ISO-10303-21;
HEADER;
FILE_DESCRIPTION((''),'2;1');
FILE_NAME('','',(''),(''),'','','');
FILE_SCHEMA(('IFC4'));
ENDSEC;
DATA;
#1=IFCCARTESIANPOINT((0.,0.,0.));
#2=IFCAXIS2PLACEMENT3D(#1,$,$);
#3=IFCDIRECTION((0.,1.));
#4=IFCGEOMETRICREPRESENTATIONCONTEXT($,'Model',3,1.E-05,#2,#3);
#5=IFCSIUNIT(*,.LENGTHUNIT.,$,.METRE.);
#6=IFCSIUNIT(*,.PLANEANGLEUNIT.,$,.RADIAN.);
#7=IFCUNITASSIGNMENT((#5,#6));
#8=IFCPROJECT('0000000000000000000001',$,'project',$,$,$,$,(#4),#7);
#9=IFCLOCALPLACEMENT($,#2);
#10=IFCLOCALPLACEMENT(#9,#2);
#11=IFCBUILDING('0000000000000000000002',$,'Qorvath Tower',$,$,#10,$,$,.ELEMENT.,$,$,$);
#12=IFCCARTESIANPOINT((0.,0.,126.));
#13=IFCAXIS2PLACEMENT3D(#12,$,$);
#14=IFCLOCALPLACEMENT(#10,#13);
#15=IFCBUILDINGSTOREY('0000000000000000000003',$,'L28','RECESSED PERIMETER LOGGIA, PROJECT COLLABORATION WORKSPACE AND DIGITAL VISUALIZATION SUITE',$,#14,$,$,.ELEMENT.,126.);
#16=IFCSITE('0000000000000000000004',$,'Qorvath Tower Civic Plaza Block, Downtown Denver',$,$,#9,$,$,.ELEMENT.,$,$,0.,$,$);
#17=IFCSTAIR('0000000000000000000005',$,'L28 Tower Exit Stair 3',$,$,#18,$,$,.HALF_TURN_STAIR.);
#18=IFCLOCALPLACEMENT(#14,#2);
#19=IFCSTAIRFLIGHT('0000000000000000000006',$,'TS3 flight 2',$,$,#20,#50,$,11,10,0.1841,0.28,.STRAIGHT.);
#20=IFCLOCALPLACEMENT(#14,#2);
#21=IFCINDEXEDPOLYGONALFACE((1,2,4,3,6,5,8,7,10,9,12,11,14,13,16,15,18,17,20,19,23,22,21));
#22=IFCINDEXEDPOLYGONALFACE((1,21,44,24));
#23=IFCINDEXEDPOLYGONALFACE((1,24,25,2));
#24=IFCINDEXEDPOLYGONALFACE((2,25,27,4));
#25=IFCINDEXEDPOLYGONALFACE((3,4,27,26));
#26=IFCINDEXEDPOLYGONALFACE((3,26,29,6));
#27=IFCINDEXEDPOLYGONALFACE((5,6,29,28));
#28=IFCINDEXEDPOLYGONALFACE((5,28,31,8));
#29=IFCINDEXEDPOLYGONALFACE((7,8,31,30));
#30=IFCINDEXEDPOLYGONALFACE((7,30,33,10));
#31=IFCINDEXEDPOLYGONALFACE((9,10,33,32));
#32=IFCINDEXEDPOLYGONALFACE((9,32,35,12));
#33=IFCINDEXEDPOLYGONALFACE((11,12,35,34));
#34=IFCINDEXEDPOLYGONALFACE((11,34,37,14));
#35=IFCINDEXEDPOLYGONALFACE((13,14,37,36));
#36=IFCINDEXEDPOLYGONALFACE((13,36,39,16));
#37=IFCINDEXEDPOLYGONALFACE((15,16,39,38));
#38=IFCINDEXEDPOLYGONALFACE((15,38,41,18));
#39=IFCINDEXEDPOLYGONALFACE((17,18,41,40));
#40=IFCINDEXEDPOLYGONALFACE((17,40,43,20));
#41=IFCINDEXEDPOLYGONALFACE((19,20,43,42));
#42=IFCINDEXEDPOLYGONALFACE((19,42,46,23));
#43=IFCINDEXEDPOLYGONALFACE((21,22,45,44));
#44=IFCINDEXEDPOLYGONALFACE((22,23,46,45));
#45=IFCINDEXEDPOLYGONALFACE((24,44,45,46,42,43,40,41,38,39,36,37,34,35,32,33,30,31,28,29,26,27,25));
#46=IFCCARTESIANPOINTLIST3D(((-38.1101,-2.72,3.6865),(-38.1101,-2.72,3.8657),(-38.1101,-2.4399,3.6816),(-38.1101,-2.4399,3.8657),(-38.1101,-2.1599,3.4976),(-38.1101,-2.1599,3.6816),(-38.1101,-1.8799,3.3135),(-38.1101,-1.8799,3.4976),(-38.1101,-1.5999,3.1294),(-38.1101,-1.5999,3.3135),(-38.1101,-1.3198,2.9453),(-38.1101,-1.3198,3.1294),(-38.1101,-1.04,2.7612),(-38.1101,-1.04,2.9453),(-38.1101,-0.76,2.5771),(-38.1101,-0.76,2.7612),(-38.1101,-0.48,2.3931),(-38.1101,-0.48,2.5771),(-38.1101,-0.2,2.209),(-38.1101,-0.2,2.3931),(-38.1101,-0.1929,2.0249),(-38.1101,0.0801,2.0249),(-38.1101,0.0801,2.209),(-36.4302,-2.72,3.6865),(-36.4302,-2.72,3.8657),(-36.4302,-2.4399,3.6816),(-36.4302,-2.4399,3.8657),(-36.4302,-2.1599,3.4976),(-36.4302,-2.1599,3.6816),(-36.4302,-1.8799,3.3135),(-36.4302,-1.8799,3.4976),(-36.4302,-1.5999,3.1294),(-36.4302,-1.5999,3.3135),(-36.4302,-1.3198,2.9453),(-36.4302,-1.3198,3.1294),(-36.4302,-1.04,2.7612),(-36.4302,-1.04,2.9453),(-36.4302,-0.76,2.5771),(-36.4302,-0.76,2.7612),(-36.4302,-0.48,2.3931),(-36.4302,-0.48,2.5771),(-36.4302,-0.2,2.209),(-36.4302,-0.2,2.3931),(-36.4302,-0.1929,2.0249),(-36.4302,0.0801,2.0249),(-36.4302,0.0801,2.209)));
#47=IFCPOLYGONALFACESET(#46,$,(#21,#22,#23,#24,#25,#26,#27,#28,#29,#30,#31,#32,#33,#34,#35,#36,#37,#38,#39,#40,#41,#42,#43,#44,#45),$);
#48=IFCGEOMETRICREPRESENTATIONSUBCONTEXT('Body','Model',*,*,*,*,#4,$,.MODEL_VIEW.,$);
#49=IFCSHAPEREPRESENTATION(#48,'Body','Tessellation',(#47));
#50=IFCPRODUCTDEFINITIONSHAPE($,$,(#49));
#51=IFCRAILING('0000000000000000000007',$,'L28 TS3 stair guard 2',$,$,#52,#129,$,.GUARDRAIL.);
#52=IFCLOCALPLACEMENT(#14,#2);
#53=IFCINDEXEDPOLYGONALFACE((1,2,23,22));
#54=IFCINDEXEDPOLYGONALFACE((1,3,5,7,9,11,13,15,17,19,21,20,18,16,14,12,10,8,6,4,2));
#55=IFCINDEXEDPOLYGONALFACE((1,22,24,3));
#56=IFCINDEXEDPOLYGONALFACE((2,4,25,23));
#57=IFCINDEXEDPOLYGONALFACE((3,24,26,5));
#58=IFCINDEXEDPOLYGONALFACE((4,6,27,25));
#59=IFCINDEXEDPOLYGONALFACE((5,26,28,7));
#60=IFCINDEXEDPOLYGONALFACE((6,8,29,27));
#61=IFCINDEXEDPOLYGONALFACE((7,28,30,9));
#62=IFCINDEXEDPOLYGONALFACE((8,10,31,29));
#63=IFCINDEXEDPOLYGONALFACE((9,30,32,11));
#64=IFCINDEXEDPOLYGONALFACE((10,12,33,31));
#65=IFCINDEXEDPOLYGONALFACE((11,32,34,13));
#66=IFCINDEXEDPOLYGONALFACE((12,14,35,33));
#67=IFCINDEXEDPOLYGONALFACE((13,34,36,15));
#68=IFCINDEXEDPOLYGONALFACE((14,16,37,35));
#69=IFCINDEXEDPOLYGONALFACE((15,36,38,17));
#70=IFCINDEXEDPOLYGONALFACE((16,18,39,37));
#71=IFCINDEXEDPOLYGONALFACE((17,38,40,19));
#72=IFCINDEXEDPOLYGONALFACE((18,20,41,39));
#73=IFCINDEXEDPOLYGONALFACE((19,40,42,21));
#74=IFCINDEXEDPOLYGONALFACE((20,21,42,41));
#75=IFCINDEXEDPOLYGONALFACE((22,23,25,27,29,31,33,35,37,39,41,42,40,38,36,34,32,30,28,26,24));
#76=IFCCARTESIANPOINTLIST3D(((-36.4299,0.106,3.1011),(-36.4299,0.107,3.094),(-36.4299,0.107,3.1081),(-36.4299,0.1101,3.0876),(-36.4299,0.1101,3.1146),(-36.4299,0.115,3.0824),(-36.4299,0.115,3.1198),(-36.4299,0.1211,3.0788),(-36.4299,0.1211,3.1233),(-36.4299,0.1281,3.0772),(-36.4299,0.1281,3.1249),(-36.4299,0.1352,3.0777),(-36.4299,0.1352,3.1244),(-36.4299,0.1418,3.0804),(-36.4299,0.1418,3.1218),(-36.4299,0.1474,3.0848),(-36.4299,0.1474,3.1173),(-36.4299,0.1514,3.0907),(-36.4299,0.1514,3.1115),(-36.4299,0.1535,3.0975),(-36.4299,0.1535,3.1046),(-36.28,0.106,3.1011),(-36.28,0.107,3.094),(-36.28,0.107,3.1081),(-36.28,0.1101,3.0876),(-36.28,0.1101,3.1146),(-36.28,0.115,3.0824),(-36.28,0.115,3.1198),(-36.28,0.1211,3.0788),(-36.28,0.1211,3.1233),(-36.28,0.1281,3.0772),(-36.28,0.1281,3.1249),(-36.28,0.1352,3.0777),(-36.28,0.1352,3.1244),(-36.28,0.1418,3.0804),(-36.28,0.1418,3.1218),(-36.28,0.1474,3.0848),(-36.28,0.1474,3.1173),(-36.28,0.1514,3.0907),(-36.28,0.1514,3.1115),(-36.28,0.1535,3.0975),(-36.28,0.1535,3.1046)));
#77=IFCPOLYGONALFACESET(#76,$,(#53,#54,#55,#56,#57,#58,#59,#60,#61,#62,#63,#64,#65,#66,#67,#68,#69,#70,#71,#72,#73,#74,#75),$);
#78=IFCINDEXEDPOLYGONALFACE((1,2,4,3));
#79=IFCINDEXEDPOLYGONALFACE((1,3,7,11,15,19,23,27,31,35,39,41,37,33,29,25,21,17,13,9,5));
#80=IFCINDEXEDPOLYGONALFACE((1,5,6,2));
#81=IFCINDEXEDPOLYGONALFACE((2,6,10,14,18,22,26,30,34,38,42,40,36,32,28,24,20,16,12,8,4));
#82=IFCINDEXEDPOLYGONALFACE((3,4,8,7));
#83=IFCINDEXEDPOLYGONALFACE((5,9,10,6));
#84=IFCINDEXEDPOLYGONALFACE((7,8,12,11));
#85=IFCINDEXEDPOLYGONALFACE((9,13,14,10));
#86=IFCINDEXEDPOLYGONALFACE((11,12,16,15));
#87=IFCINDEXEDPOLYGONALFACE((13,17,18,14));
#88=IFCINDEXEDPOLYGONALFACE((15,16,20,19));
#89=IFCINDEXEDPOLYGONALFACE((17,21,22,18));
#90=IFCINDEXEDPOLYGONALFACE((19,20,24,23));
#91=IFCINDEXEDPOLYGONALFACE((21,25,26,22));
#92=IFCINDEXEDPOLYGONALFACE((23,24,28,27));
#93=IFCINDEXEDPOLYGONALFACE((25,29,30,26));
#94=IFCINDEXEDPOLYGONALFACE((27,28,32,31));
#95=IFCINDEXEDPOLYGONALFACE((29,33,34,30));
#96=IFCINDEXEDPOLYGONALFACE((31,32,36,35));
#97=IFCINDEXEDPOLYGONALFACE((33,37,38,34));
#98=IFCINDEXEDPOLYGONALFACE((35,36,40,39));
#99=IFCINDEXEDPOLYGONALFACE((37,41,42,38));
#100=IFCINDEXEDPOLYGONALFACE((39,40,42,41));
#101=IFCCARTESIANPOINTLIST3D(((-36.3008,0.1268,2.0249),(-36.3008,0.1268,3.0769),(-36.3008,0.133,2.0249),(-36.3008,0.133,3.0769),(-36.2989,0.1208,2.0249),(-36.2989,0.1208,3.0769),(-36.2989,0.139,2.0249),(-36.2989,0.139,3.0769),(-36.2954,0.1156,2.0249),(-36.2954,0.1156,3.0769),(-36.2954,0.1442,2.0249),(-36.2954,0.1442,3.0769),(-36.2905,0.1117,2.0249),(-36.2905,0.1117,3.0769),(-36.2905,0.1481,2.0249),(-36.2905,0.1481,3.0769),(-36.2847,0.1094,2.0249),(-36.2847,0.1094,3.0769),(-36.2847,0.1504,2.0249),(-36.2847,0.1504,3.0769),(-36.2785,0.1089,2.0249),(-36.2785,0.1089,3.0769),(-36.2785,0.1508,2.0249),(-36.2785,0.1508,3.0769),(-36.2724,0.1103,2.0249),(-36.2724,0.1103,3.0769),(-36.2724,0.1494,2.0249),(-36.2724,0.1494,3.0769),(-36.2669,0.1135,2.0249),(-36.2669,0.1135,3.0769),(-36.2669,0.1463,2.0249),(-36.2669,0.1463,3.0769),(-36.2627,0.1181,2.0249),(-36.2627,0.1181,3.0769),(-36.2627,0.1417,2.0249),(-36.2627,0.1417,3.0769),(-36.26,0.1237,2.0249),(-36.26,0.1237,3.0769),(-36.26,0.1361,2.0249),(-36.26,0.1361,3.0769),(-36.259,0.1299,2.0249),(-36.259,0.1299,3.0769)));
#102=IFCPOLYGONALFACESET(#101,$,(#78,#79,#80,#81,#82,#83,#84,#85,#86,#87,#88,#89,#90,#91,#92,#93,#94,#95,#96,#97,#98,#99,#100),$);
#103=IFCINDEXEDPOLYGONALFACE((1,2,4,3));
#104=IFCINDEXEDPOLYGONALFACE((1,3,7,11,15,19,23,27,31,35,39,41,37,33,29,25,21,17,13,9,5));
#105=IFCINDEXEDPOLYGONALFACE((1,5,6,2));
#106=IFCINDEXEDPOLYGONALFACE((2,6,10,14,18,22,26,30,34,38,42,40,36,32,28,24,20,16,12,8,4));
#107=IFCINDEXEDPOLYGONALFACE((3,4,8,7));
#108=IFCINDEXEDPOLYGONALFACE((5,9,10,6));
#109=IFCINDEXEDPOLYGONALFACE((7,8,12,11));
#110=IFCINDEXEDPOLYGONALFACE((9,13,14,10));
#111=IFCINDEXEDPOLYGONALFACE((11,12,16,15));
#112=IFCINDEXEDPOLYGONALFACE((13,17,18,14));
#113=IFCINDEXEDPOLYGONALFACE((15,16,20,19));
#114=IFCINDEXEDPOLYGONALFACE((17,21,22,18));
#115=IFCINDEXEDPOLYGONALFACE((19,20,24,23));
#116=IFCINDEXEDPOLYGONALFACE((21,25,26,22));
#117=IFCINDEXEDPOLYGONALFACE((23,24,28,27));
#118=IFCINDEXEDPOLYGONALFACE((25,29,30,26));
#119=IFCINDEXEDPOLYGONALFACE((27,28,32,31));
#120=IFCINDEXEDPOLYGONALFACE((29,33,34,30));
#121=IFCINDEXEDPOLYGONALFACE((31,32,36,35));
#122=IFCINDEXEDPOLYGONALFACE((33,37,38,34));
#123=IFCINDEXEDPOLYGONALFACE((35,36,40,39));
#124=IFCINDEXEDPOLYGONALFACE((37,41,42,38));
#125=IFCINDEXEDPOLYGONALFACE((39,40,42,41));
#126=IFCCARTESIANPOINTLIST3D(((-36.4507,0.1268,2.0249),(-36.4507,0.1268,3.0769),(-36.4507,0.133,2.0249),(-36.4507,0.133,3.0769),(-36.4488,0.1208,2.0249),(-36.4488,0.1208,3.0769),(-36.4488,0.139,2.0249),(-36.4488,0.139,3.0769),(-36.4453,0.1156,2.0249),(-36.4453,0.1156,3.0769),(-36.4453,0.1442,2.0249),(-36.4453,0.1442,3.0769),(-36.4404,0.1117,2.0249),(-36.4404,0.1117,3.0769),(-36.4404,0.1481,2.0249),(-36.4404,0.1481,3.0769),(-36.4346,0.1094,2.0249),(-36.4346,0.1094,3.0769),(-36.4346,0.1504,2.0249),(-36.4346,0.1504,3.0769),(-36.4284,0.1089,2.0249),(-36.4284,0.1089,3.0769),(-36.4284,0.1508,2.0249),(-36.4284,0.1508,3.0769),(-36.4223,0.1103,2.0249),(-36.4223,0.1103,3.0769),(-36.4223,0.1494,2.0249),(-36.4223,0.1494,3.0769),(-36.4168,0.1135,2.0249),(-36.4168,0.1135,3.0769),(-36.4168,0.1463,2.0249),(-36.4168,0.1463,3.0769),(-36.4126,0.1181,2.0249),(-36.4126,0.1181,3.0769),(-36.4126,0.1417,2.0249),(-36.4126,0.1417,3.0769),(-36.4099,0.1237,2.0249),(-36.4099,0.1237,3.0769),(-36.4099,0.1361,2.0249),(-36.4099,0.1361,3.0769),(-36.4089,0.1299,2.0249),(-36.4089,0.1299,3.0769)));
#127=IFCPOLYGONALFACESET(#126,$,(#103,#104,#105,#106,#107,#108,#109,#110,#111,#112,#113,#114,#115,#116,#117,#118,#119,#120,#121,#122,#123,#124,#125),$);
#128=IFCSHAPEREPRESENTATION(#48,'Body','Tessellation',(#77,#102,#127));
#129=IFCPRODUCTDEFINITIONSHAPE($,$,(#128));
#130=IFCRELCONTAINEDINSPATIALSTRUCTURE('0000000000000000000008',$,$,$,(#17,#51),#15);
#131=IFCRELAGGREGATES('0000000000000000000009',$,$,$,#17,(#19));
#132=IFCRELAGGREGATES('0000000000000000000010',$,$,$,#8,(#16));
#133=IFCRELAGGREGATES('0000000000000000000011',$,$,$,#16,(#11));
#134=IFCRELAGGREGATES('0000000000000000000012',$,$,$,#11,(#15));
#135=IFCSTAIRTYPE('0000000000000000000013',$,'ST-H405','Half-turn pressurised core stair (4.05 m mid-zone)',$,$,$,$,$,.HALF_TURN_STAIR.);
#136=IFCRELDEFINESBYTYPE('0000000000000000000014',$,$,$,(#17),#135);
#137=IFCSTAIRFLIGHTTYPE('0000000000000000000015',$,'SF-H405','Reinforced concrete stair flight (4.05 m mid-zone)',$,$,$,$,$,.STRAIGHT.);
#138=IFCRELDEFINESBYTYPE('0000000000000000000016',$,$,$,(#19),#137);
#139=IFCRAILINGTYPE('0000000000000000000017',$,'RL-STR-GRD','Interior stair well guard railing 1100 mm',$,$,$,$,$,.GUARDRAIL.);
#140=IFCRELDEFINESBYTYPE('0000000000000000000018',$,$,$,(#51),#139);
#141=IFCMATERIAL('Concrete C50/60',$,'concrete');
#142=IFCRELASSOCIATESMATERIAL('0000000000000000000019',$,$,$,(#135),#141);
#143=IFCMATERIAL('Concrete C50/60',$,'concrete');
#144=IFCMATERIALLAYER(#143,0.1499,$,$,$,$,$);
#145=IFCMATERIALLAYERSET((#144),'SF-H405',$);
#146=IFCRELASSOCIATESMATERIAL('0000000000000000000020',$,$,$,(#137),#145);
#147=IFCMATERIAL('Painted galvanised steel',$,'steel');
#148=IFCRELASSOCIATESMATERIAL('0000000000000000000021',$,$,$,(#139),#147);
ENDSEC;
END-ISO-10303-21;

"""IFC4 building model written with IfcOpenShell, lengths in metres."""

from ifc_helpers import new_model, si_unit, direction, frame, origin, origin_2d, place, context, subcontext, project, spatial, polyline, circle, outline, extrude, material, layer, layer_set, type_object, element, aggregate, save


model = new_model("IFC4")

# Units and contexts
model_context = context("Model", 3, precision=1e-05, world=origin(), true_north=direction((0.0, 1.0)))
body_context = subcontext(model_context, "Body", "Model", "MODEL_VIEW")
ifc_project = project(units=[si_unit("LENGTHUNIT", "METRE"), si_unit("PLANEANGLEUNIT", "RADIAN")], contexts=[model_context])

# Site, building, storey
site_placement = place(None, origin())
site = spatial("IfcSite", under=ifc_project, at=site_placement, Name="Qorvath Tower Civic Plaza Block, Downtown Denver", CompositionType="ELEMENT", RefElevation=0.0)
building_placement = place(site_placement, origin())
building = spatial("IfcBuilding", under=site, at=building_placement, Name="Qorvath Tower", CompositionType="ELEMENT")
storey_placement = place(building_placement, frame((0.0, 0.0, 126.0)))
storey = spatial("IfcBuildingStorey", under=building, at=storey_placement, Name="L28", Description="RECESSED PERIMETER LOGGIA, PROJECT COLLABORATION WORKSPACE AND DIGITAL VISUALIZATION SUITE", CompositionType="ELEMENT", Elevation=126.0)

# Stair, stair flight
ifc_material_1 = material(Name="Concrete C50/60", Category="concrete")
stair_type = type_object("IfcStairType", Name="ST-H405", Description="Half-turn pressurised core stair (4.05 m mid-zone)", PredefinedType="HALF_TURN_STAIR", material=ifc_material_1)
stair_placement = place(storey_placement, origin())
stair = element("IfcStair", 1, at=stair_placement, inside=storey, type_object=stair_type, Name="L28 Tower Exit Stair 3", PredefinedType="HALF_TURN_STAIR")
ifc_material_2 = material(Name="Concrete C50/60", Category="concrete")
ifc_layer_1 = layer(ifc_material_2, 0.1499)
ifc_layer_set_1 = layer_set([ifc_layer_1], Name="SF-H405")
stair_flight_type = type_object("IfcStairFlightType", Name="SF-H405", Description="Reinforced concrete stair flight (4.05 m mid-zone)", PredefinedType="STRAIGHT", material=ifc_layer_set_1)
stair_flight_placement = place(storey_placement, frame((-37.27, 0.0801, 2.0249), z_axis=(0.0, 0.0, 1.0), x_axis=(0.0, -1.0, 0.0)))
stair_flight = element("IfcStairFlight", 2, at=stair_flight_placement, type_object=stair_flight_type, Name="TS3 flight 2", NumberOfRisers=11, NumberOfTreads=10, PredefinedType="STRAIGHT", RiserHeight=0.1841, TreadLength=0.28, context=body_context, shape_type="SweptSolid", body=[
    extrude(outline(polyline([(0.0, 0.0), (0.0, 0.1841), (0.28, 0.1841), (0.28, 0.3682), (0.5601, 0.3682), (0.5601, 0.5522), (0.8401, 0.5522), (0.8401, 0.7363), (1.1201, 0.7363), (1.1201, 0.9204), (1.3999, 0.9204), (1.3999, 1.1045), (1.6799, 1.1045), (1.6799, 1.2886), (1.96, 1.2886), (1.96, 1.4727), (2.24, 1.4727), (2.24, 1.6567), (2.52, 1.6567), (2.52, 1.8408), (2.8, 1.8408), (2.8, 2.0249), (2.8, 1.6616), (0.2729, 0.0), (0.0, 0.0)])), frame((0.0, 0.8398, 0.0), z_axis=(0.0, -1.0, 0.0), x_axis=(1.0, 0.0, 0.0)), (0.0, 0.0, 1.0), 1.6799),
])
aggregate(stair, [stair_flight])

# Railing
ifc_material_3 = material(Name="Painted galvanised steel", Category="steel")
railing_type_1 = type_object("IfcRailingType", Name="RL-STR-GRD", Description="Interior stair well guard railing 1100 mm", PredefinedType="GUARDRAIL", material=ifc_material_3)
railing_1_placement = place(storey_placement, frame((-36.28, 0.1299, 2.0249)))
element("IfcRailing", 3, at=railing_1_placement, inside=storey, type_object=railing_type_1, Name="L28 TS3 stair guard 2", PredefinedType="GUARDRAIL", context=body_context, shape_type="SweptSolid", body=[
    extrude(circle(Radius=0.0239, at=origin_2d()), frame((0.0, 0.0, 1.0762), z_axis=(-1.0, 0.0, 0.0), x_axis=(0.0, -1.0, 0.0)), (0.0, 0.0, 1.0), 0.1499),
    extrude(circle(Radius=0.021, at=origin_2d()), origin(), (0.0, 0.0, 1.0), 1.052),
    extrude(circle(Radius=0.021, at=origin_2d()), frame((-0.1499, 0.0, 0.0)), (0.0, 0.0, 1.0), 1.052),
])

save(model, "model.ifc")
